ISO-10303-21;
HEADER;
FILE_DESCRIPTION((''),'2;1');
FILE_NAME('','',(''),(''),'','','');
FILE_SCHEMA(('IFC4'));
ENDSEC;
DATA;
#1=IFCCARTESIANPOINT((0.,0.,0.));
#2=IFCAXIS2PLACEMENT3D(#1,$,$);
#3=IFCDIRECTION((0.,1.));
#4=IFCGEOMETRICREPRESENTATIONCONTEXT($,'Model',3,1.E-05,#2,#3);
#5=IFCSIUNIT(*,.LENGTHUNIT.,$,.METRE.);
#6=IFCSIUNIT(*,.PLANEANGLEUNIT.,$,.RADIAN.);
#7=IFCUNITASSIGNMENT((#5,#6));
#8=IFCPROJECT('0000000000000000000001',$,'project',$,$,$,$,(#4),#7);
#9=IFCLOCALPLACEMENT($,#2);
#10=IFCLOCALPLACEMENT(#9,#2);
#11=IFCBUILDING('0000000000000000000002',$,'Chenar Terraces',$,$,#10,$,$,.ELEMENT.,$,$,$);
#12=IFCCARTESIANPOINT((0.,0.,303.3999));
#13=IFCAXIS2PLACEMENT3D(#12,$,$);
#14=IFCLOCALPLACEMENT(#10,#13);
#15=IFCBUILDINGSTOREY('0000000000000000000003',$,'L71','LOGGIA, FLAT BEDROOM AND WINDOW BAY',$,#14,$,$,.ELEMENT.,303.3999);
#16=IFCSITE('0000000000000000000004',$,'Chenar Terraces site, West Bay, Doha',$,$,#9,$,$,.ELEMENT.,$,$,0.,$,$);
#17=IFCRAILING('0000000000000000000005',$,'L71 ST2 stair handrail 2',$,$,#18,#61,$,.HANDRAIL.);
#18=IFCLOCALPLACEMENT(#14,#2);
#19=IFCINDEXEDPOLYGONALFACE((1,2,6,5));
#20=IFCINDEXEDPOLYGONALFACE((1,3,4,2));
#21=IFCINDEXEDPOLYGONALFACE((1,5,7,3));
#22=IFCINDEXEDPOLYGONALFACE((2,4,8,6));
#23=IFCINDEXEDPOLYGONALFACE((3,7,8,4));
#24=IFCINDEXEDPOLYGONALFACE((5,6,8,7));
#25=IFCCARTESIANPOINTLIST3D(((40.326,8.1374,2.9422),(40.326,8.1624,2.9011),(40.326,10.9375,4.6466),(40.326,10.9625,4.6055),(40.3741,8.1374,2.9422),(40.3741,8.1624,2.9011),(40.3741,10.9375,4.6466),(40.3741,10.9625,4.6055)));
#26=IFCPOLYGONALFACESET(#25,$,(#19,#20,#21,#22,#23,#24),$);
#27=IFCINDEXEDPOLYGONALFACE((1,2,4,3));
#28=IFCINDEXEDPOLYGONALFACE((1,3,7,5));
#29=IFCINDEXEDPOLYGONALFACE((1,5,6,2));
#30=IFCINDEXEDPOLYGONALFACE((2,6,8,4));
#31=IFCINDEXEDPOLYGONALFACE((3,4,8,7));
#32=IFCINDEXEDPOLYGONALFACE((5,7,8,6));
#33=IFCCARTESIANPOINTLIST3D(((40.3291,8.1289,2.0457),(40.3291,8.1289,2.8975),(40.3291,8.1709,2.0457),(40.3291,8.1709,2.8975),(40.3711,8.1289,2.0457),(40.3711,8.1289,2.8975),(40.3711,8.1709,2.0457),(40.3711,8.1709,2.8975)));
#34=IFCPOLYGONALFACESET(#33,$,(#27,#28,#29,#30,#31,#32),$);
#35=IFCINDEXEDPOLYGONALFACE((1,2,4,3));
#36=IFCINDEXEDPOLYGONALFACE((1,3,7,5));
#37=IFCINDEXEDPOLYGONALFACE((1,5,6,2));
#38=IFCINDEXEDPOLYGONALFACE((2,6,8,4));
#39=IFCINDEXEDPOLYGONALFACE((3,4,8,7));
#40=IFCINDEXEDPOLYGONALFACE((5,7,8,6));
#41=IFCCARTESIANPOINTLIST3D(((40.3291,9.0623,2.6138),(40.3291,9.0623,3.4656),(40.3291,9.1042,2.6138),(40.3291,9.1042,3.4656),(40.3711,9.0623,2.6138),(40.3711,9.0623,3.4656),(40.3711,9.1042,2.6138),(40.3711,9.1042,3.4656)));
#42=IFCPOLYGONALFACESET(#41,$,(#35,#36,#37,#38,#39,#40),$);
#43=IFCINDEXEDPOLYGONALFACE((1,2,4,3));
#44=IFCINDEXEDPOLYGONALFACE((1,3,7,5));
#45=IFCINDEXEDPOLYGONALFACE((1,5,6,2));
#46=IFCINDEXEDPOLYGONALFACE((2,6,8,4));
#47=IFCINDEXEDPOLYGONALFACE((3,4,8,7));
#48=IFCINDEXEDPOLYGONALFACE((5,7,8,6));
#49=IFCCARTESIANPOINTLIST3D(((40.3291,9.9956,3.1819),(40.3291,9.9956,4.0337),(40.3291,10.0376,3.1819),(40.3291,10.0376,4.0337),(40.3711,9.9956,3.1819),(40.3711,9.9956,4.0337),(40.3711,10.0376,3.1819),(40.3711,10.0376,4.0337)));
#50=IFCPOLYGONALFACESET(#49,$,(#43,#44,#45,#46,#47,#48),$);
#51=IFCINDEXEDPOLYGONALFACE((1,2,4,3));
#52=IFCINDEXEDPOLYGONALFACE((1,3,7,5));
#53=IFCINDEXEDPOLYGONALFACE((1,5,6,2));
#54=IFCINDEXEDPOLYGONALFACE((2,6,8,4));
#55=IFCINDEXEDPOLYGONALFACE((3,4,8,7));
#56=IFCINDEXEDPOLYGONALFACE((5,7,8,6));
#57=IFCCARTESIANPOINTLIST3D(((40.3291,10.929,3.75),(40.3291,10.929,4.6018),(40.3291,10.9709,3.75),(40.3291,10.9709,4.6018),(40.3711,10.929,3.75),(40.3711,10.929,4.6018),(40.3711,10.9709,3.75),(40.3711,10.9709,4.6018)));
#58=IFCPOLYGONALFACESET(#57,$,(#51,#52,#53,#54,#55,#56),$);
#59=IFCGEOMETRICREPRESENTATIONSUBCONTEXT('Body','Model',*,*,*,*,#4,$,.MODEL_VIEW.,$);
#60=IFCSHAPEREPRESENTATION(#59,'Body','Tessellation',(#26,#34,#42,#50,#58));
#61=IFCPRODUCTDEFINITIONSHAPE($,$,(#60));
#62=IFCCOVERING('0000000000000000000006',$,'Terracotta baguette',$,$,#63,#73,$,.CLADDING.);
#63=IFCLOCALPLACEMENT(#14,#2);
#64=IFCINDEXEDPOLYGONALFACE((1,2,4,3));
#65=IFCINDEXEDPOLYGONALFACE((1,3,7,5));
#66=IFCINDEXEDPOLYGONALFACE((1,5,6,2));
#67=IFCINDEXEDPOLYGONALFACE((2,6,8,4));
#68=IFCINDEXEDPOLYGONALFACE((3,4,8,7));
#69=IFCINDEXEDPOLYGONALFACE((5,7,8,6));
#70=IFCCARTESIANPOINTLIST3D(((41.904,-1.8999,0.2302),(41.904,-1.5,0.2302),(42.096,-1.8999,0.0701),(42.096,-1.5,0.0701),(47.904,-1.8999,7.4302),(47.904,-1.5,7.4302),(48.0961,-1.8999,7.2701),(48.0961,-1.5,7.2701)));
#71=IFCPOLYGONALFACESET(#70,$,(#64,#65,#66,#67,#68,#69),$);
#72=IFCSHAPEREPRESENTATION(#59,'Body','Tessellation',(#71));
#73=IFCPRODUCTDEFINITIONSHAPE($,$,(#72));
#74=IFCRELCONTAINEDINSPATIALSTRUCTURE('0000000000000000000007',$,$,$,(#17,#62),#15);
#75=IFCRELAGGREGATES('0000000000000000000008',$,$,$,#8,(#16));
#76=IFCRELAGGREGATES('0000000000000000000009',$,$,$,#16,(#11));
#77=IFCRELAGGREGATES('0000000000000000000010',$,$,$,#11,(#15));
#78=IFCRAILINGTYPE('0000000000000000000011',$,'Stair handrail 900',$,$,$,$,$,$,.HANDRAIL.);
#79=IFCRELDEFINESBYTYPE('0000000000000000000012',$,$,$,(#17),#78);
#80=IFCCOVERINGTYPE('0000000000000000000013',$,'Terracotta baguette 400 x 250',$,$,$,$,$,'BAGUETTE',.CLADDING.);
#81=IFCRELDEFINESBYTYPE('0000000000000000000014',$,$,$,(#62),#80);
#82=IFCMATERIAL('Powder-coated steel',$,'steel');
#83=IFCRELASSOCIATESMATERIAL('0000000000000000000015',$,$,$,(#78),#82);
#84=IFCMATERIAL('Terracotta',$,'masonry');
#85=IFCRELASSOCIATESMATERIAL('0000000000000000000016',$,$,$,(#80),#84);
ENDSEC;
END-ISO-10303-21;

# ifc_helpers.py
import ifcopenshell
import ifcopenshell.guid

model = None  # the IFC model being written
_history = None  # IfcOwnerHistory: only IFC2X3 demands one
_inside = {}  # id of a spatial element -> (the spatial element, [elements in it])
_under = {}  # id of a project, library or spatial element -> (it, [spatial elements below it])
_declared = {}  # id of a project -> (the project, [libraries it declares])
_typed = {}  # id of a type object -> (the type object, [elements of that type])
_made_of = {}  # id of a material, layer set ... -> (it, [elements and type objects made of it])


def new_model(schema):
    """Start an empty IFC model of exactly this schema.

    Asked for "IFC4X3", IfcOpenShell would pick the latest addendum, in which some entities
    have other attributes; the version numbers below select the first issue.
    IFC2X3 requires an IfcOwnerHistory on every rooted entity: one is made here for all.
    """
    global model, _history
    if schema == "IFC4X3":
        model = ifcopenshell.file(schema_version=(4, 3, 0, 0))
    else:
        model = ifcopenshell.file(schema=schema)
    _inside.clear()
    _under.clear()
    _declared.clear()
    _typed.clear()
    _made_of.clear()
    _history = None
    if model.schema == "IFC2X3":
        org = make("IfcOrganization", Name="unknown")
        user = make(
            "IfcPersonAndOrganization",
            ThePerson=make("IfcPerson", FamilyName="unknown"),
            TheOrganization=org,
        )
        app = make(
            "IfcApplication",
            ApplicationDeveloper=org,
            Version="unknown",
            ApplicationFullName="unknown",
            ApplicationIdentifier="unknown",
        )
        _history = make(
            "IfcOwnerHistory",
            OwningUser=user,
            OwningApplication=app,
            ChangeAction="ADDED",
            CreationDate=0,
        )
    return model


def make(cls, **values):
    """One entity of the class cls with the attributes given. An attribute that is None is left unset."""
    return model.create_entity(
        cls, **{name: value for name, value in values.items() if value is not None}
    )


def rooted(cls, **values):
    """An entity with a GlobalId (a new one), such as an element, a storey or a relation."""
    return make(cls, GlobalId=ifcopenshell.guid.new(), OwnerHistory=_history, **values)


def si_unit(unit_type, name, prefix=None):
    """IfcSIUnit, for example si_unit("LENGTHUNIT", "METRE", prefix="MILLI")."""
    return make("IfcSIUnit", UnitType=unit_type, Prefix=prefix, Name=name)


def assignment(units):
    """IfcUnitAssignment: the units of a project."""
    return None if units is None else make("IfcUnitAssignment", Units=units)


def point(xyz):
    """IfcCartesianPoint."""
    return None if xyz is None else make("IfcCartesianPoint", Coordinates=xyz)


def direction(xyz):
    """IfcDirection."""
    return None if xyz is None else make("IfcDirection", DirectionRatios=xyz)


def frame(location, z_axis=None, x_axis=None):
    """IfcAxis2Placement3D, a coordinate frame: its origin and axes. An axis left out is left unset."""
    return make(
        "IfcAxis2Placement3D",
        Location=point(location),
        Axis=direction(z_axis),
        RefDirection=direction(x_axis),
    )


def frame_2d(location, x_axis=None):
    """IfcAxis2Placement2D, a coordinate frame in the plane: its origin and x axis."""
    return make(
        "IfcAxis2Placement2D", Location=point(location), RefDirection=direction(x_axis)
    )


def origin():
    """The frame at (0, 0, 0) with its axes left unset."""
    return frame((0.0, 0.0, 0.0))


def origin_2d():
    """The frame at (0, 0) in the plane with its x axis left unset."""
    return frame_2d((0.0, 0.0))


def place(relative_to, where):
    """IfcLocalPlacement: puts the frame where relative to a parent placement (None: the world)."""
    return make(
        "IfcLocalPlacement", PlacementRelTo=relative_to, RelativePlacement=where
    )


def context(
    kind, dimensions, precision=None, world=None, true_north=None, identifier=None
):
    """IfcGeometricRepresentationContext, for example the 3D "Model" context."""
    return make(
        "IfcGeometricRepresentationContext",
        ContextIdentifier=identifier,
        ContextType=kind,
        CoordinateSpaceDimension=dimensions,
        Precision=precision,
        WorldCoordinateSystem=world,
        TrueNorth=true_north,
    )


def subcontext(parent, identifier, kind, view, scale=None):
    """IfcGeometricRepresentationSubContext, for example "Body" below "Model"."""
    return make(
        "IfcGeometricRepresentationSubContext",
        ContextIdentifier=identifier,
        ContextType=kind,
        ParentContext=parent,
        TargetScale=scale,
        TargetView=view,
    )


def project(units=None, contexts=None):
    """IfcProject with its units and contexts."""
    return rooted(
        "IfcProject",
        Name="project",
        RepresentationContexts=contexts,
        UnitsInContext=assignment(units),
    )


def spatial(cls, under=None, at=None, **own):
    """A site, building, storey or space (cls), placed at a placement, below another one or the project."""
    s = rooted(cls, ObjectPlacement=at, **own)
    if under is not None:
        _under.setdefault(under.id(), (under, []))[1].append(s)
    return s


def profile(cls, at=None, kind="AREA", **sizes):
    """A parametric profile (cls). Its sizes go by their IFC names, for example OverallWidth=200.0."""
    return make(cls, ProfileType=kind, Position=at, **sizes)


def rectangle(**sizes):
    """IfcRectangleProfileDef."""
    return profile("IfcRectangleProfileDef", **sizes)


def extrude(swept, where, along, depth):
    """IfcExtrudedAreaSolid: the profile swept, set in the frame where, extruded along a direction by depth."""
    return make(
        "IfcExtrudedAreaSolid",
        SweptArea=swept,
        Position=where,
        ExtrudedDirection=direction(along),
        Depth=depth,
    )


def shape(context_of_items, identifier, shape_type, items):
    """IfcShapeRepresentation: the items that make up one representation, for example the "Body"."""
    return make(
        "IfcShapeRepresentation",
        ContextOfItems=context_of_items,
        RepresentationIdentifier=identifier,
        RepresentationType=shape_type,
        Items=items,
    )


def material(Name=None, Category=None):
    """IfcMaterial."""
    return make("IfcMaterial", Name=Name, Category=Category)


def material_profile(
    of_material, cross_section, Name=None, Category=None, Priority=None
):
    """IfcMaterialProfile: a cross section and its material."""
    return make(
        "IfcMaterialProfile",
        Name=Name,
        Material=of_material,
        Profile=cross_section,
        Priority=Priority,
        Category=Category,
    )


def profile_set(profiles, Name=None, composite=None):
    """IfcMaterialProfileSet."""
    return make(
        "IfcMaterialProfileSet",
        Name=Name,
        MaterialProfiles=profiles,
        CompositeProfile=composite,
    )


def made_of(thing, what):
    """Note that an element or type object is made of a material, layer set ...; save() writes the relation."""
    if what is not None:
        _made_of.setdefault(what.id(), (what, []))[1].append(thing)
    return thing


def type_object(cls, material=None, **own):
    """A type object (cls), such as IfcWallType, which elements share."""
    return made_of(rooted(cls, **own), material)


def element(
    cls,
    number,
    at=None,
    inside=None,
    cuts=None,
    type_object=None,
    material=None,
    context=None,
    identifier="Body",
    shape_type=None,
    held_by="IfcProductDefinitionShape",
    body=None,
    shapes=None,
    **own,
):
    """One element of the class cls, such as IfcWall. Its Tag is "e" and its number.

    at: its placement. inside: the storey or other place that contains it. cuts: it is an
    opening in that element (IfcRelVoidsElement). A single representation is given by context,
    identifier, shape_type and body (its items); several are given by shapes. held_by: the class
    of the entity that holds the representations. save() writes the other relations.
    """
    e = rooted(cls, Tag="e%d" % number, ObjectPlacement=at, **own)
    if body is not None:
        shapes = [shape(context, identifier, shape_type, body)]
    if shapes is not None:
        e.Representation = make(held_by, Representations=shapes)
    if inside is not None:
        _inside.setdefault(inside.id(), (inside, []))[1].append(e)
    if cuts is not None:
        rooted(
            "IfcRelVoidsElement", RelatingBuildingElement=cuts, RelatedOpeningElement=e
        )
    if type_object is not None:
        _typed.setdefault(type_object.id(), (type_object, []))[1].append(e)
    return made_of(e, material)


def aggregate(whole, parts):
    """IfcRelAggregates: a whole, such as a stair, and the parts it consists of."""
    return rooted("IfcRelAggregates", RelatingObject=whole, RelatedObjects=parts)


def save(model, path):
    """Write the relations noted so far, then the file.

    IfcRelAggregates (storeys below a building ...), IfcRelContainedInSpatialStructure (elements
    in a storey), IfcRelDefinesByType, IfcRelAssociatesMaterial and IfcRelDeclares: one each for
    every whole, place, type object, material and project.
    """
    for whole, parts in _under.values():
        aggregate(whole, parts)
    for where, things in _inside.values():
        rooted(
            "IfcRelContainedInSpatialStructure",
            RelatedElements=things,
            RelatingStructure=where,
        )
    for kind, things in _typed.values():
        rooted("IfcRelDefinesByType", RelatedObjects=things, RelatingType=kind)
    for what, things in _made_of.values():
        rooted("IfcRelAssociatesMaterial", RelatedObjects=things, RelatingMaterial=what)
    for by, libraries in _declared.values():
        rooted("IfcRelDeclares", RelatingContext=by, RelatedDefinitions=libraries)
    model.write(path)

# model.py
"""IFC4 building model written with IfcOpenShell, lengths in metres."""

from ifc_helpers import new_model, si_unit, direction, frame, origin, origin_2d, place, context, subcontext, project, spatial, rectangle, extrude, material, material_profile, profile_set, type_object, element, save


model = new_model("IFC4")

# Units and contexts
model_context = context("Model", 3, precision=1e-05, world=origin(), true_north=direction((0.0, 1.0)))
body_context = subcontext(model_context, "Body", "Model", "MODEL_VIEW")
ifc_project = project(units=[si_unit("LENGTHUNIT", "METRE"), si_unit("PLANEANGLEUNIT", "RADIAN")], contexts=[model_context])

# Site, building, storey
site_placement = place(None, origin())
site = spatial("IfcSite", under=ifc_project, at=site_placement, Name="Chenar Terraces site, West Bay, Doha", CompositionType="ELEMENT", RefElevation=0.0)
building_placement = place(site_placement, origin())
building = spatial("IfcBuilding", under=site, at=building_placement, Name="Chenar Terraces", CompositionType="ELEMENT")
storey_placement = place(building_placement, frame((0.0, 0.0, 303.3999)))
storey = spatial("IfcBuildingStorey", under=building, at=storey_placement, Name="L71", Description="LOGGIA, FLAT BEDROOM AND WINDOW BAY", CompositionType="ELEMENT", Elevation=303.3999)

# Railing
ifc_material_1 = material(Name="Powder-coated steel", Category="steel")
railing_type_1 = type_object("IfcRailingType", Name="Stair handrail 900", PredefinedType="HANDRAIL", material=ifc_material_1)
railing_1_placement = place(storey_placement, frame((40.3501, 8.1499, 2.0457)))
element("IfcRailing", 1, at=railing_1_placement, inside=storey, type_object=railing_type_1, Name="L71 ST2 stair handrail 2", PredefinedType="HANDRAIL", context=body_context, shape_type="SweptSolid", body=[
    extrude(rectangle(XDim=0.0481, YDim=0.0481, at=origin_2d()), frame((0.0, 0.0, 0.876), z_axis=(0.0, 0.854203, 0.51994), x_axis=(-1.0, 0.0, 0.0)), (0.0, 0.0, 1.0), 3.2781),
    extrude(rectangle(XDim=0.042, YDim=0.042, at=origin_2d()), origin(), (0.0, 0.0, 1.0), 0.8518),
    extrude(rectangle(XDim=0.042, YDim=0.042, at=origin_2d()), frame((0.0, 0.9333, 0.5681)), (0.0, 0.0, 1.0), 0.8518),
    extrude(rectangle(XDim=0.042, YDim=0.042, at=origin_2d()), frame((0.0, 1.8667, 1.1362)), (0.0, 0.0, 1.0), 0.8518),
    extrude(rectangle(XDim=0.042, YDim=0.042, at=origin_2d()), frame((0.0, 2.8, 1.7043)), (0.0, 0.0, 1.0), 0.8518),
])

# Covering
ifc_material_2 = material(Name="Terracotta", Category="masonry")
ifc_material_profile_1 = material_profile(ifc_material_2, rectangle(XDim=0.3999, YDim=0.25, at=origin_2d()), Name="Terracotta baguette 400 x 250")
ifc_profile_set_1 = profile_set([ifc_material_profile_1], Name="Terracotta")
covering_type = type_object("IfcCoveringType", Name="Terracotta baguette 400 x 250", ElementType="BAGUETTE", PredefinedType="CLADDING", material=ifc_profile_set_1)
covering_placement = place(storey_placement, frame((42.0, -1.7, 0.1501), z_axis=(0.640187, 0.0, 0.768219), x_axis=(0.0, 1.0, 0.0)))
element("IfcCovering", 2, at=covering_placement, inside=storey, type_object=covering_type, Name="Terracotta baguette", PredefinedType="CLADDING", context=body_context, shape_type="SweptSolid", body=[
    extrude(rectangle(XDim=0.3999, YDim=0.25, at=origin_2d()), origin(), (0.0, 0.0, 1.0), 9.3723),
])

save(model, "model.ifc")
